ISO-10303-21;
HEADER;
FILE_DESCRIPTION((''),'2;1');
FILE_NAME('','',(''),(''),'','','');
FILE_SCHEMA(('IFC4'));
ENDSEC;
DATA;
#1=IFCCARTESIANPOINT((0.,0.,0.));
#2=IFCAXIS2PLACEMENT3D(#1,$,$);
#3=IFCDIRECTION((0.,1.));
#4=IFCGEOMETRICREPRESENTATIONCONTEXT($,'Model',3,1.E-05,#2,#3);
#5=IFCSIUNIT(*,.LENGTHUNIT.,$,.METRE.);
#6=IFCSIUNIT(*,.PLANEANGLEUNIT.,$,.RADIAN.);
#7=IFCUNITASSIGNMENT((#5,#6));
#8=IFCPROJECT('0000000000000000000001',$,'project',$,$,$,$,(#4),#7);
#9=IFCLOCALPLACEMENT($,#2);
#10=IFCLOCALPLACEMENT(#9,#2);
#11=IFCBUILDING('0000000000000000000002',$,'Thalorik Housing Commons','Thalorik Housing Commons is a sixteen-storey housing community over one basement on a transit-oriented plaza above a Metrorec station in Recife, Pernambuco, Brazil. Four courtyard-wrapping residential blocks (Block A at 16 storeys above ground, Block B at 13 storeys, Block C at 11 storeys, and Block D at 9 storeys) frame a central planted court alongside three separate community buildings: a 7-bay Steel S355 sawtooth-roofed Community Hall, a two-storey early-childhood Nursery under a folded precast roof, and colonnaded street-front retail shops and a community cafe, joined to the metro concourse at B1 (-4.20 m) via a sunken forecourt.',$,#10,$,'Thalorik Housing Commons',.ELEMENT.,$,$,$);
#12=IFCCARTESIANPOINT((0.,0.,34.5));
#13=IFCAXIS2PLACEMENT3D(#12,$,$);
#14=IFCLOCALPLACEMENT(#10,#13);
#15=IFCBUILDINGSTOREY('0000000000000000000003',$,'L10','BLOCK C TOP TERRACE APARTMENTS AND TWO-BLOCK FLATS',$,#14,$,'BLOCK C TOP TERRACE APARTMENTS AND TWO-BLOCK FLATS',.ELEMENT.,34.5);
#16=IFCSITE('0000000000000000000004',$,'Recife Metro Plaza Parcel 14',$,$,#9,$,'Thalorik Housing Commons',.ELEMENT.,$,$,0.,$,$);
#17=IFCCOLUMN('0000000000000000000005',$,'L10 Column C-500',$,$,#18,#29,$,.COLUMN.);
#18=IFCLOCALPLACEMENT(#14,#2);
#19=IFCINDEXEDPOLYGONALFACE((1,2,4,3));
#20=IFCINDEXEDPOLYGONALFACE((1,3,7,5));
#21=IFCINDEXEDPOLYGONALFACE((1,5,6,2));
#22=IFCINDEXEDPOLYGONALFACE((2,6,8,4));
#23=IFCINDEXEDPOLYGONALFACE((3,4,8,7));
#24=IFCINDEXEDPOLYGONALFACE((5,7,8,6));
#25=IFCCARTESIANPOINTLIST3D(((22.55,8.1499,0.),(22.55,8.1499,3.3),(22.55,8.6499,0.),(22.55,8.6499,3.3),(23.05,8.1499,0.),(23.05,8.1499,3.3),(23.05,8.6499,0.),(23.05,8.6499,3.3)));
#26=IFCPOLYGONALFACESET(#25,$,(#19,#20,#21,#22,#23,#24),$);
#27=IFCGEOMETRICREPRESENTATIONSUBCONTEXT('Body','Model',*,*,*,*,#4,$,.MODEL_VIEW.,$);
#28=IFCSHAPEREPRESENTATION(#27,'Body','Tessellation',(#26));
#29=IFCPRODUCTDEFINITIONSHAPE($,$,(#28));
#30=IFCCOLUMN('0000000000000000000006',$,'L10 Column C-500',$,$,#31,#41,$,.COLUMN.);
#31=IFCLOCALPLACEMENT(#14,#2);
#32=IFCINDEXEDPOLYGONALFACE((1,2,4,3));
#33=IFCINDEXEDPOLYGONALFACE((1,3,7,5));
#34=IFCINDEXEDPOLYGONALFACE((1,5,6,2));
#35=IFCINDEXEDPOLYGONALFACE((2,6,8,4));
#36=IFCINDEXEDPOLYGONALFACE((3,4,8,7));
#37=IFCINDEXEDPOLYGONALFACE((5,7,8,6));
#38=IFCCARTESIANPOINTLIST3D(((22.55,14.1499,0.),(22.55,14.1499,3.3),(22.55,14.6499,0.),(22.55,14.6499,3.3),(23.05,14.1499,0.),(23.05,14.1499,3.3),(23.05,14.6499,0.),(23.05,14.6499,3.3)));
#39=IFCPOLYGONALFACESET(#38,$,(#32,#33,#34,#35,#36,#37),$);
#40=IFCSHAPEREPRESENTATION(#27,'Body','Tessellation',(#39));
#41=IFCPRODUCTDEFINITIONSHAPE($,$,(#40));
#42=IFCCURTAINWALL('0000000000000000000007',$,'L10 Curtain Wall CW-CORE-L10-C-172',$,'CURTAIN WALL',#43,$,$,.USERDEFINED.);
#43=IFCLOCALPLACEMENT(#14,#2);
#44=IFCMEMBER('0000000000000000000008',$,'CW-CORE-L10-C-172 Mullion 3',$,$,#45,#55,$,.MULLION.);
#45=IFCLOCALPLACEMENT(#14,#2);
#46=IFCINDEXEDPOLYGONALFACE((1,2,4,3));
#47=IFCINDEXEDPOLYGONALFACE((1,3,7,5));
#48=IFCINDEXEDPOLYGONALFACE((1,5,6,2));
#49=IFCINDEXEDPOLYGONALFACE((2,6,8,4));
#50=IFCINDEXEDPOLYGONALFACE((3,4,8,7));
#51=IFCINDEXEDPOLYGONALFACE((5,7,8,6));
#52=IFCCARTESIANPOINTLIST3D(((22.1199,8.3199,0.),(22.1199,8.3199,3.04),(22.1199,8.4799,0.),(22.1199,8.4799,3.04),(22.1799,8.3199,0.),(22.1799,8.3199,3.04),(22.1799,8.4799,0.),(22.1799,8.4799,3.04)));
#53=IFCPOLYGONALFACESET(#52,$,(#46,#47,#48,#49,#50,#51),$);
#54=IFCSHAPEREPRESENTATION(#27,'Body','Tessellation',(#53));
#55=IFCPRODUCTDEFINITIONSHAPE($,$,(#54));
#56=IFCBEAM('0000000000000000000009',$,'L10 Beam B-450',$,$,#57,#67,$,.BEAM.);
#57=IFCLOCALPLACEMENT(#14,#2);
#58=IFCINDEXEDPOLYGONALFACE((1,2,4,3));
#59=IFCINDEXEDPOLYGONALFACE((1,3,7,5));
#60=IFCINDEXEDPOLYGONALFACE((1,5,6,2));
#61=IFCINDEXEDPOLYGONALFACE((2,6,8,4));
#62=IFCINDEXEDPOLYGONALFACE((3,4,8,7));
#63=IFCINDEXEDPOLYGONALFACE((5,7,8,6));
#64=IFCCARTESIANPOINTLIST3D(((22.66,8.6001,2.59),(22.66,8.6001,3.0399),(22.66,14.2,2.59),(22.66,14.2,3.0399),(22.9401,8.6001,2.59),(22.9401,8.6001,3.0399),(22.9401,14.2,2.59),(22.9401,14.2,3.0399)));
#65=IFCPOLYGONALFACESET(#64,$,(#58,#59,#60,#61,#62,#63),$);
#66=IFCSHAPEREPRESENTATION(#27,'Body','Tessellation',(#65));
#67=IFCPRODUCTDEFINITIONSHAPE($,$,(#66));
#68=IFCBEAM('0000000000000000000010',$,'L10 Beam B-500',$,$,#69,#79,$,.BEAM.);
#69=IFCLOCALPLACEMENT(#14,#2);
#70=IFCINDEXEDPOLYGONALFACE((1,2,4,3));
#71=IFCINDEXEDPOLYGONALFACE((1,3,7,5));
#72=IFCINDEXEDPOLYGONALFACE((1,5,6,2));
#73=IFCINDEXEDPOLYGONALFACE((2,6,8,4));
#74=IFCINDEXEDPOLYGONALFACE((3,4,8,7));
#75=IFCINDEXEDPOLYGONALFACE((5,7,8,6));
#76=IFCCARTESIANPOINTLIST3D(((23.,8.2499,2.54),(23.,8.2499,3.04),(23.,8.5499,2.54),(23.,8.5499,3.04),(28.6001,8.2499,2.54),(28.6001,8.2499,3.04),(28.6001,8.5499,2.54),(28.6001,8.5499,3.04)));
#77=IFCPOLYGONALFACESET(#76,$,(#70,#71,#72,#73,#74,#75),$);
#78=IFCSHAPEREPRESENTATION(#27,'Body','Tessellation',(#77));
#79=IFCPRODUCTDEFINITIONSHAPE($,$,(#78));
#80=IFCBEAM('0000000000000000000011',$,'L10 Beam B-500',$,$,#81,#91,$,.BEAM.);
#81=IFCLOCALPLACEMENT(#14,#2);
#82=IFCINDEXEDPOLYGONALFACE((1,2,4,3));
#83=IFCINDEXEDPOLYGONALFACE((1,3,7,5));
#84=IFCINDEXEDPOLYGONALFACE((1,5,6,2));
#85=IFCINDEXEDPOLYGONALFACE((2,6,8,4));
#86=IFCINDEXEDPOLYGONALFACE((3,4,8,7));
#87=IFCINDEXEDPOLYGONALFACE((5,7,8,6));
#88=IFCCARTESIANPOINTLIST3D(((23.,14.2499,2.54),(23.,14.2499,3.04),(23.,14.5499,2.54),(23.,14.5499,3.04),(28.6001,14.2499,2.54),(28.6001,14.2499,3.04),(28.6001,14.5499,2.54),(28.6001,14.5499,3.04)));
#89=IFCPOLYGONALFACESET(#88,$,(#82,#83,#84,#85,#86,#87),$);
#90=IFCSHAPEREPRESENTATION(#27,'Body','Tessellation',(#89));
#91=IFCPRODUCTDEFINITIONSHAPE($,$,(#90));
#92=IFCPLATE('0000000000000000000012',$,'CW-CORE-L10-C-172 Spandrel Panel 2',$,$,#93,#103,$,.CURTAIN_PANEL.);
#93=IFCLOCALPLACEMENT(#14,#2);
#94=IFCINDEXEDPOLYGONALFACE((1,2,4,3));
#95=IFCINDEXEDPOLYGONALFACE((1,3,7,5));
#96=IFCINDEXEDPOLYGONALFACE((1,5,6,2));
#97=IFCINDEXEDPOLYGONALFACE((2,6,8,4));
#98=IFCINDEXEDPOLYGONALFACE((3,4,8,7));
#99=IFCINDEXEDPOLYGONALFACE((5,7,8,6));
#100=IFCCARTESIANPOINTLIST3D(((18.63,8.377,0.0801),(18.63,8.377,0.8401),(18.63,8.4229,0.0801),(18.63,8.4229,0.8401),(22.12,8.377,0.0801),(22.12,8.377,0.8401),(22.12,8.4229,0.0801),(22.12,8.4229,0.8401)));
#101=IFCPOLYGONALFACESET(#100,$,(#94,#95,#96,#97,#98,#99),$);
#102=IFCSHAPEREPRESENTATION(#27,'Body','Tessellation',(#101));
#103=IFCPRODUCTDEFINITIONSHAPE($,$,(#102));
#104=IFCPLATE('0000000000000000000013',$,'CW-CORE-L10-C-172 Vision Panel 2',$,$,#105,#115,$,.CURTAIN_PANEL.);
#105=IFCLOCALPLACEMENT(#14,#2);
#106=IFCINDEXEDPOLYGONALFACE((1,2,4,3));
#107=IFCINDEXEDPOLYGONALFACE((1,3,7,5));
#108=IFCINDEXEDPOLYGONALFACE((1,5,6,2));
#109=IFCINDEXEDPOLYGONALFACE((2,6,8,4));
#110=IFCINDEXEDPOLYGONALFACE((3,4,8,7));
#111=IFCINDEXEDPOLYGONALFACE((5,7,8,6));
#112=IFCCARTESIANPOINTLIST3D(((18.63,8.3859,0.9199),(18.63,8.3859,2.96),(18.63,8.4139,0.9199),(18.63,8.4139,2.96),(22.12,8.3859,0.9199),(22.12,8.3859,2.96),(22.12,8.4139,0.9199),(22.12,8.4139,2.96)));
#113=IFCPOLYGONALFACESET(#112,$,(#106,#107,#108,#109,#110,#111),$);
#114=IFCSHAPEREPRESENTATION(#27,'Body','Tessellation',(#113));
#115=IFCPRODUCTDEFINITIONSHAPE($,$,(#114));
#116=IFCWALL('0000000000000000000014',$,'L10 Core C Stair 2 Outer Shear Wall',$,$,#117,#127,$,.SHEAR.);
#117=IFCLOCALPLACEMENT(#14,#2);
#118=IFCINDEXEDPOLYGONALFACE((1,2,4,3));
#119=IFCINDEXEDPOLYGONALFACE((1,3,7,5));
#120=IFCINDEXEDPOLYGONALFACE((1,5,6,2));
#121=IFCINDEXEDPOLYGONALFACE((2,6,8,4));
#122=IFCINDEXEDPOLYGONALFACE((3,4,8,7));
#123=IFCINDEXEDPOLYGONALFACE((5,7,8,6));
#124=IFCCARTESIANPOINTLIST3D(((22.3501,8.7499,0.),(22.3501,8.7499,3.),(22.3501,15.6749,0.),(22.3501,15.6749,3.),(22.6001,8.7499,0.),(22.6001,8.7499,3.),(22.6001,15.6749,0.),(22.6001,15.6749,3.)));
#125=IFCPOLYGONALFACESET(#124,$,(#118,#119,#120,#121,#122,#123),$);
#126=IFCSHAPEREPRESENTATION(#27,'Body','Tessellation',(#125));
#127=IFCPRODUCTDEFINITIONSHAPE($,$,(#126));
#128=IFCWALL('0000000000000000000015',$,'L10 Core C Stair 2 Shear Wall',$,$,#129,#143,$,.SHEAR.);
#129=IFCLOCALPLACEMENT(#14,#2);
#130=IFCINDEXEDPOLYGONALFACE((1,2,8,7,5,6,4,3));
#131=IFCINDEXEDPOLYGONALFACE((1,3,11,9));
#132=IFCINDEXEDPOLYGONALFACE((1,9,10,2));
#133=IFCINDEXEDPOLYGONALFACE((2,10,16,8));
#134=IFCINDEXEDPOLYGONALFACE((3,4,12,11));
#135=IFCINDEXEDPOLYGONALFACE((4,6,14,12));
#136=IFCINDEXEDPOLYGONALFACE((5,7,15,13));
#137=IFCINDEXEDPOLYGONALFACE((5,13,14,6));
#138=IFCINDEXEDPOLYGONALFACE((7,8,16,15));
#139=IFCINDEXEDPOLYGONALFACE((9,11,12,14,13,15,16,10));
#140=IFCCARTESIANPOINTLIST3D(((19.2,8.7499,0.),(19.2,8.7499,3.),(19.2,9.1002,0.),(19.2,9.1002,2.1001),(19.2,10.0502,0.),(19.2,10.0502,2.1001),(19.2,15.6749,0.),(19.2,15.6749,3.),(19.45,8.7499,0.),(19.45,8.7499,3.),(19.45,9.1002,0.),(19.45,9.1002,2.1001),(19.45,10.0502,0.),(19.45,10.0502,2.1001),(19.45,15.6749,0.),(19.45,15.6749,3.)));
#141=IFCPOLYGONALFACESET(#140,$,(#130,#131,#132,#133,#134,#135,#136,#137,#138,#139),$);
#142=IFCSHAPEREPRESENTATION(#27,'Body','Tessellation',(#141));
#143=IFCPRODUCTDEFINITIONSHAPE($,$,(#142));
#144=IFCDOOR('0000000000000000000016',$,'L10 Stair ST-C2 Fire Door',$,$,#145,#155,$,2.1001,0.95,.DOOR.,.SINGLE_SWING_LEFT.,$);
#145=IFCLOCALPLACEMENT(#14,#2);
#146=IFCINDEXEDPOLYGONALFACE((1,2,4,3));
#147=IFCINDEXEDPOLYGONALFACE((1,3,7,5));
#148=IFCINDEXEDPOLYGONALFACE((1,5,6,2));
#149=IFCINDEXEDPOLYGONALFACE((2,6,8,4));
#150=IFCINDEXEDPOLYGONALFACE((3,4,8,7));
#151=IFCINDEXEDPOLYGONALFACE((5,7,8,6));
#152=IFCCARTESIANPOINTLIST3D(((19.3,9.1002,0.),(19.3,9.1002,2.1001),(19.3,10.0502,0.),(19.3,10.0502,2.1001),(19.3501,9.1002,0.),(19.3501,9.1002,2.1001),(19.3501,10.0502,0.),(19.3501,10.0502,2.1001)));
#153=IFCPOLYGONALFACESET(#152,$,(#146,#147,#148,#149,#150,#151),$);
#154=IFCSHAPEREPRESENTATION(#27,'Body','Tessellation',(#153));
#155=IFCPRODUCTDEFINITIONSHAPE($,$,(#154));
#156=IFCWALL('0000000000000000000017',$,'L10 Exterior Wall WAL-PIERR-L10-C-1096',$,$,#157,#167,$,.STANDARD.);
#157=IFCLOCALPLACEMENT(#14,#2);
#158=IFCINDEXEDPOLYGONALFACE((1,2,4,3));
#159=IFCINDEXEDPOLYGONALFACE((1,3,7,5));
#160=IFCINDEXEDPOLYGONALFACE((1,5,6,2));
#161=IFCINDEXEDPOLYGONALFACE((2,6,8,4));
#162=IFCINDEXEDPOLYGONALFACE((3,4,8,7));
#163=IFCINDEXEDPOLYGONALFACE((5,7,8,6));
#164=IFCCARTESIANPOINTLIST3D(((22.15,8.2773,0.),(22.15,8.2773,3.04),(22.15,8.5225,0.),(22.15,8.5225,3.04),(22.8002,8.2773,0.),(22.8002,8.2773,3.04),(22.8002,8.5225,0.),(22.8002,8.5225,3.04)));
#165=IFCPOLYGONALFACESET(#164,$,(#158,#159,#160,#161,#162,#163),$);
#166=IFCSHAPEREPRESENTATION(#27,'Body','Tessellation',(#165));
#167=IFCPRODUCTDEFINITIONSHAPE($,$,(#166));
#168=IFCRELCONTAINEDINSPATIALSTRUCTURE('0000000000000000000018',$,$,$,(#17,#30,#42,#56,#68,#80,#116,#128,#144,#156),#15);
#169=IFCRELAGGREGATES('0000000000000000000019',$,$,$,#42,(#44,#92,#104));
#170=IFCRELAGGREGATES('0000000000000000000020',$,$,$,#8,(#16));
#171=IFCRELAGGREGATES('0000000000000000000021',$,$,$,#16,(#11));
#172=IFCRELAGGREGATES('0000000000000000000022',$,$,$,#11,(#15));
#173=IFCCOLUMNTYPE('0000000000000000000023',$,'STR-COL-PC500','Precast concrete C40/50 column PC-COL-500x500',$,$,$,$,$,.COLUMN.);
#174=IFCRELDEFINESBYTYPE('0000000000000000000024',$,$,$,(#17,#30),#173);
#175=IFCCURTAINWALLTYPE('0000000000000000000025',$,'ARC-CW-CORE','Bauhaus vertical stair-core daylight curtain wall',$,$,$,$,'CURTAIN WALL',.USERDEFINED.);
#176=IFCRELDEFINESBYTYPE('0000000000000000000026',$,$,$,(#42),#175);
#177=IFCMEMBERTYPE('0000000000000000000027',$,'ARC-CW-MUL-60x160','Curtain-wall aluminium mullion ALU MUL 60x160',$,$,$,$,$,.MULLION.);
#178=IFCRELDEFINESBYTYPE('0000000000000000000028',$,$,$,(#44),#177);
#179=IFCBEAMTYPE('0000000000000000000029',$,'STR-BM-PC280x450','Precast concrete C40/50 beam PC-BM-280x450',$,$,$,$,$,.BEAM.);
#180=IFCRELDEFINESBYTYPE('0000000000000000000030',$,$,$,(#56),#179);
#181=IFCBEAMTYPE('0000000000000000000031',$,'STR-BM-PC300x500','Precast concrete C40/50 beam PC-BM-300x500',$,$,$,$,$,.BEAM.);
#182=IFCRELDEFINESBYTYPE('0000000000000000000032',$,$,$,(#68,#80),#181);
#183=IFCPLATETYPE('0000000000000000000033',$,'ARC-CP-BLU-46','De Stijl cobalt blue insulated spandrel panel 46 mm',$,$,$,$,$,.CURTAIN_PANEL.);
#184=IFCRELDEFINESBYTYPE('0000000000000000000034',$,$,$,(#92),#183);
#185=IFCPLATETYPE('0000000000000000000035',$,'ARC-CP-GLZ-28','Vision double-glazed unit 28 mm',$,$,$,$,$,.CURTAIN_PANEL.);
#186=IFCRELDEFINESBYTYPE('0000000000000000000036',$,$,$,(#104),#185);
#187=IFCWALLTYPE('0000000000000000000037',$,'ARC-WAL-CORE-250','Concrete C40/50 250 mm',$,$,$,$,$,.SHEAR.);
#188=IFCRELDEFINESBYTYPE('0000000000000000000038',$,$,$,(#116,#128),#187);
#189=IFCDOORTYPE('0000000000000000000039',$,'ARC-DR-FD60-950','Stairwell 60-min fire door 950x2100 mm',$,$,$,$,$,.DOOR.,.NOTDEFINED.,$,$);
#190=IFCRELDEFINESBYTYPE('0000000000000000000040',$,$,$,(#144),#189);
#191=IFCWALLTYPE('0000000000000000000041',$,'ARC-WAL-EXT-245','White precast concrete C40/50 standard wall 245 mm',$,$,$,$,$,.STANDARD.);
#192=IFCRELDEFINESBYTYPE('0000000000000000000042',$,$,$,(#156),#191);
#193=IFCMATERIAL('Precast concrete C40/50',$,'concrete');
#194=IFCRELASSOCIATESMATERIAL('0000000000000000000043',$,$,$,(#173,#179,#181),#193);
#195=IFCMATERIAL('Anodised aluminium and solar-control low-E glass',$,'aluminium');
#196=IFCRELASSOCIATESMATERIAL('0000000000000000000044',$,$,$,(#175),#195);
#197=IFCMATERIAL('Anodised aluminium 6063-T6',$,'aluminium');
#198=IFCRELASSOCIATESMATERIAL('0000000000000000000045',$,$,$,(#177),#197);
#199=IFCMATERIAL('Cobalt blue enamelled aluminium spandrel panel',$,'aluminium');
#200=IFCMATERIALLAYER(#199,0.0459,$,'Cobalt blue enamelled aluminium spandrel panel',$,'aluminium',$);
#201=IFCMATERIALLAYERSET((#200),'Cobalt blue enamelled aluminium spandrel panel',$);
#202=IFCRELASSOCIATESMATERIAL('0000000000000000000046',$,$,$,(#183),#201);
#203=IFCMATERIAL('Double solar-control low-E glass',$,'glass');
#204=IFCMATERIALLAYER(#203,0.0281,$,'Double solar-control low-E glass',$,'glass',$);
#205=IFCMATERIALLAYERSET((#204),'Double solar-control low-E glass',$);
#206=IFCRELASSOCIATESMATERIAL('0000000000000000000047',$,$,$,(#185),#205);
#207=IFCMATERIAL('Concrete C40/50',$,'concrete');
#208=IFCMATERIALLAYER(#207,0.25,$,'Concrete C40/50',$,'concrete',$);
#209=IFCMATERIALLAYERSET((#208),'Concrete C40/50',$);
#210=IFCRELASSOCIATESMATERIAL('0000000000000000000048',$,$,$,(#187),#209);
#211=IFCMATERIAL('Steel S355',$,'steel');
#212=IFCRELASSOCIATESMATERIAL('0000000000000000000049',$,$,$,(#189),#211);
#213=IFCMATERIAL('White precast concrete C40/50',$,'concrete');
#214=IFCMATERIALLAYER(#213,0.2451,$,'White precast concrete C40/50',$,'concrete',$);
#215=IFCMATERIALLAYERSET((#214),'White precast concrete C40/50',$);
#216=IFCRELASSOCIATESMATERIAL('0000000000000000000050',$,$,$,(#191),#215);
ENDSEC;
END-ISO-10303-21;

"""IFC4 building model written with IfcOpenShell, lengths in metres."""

from ifc_helpers import new_model, si_unit, direction, frame, frame_2d, origin, origin_2d, place, context, subcontext, project, spatial, rectangle, extrude, material, layer, layer_set, material_profile, profile_set, type_object, element, fill, aggregate, save


model = new_model("IFC4")

# Units and contexts
model_context = context("Model", 3, precision=1e-05, world=origin(), true_north=direction((0.0, 1.0)))
body_context = subcontext(model_context, "Body", "Model", "MODEL_VIEW")
ifc_project = project(units=[si_unit("LENGTHUNIT", "METRE"), si_unit("PLANEANGLEUNIT", "RADIAN")], contexts=[model_context])

# Site, building, storey
site_placement = place(None, origin())
site = spatial("IfcSite", under=ifc_project, at=site_placement, Name="Recife Metro Plaza Parcel 14", LongName="Thalorik Housing Commons", CompositionType="ELEMENT", RefElevation=0.0)
building_placement = place(site_placement, origin())
building = spatial("IfcBuilding", under=site, at=building_placement, Name="Thalorik Housing Commons", Description="Thalorik Housing Commons is a sixteen-storey housing community over one basement on a transit-oriented plaza above a Metrorec station in Recife, Pernambuco, Brazil. Four courtyard-wrapping residential blocks (Block A at 16 storeys above ground, Block B at 13 storeys, Block C at 11 storeys, and Block D at 9 storeys) frame a central planted court alongside three separate community buildings: a 7-bay Steel S355 sawtooth-roofed Community Hall, a two-storey early-childhood Nursery under a folded precast roof, and colonnaded street-front retail shops and a community cafe, joined to the metro concourse at B1 (-4.20 m) via a sunken forecourt.", LongName="Thalorik Housing Commons", CompositionType="ELEMENT")
storey_placement = place(building_placement, frame((0.0, 0.0, 34.5)))
storey = spatial("IfcBuildingStorey", under=building, at=storey_placement, Name="L10", Description="BLOCK C TOP TERRACE APARTMENTS AND TWO-BLOCK FLATS", LongName="BLOCK C TOP TERRACE APARTMENTS AND TWO-BLOCK FLATS", CompositionType="ELEMENT", Elevation=34.5)

# Columns
ifc_material_1 = material(Name="Precast concrete C40/50", Category="concrete")
ifc_material_profile_1 = material_profile(ifc_material_1, rectangle(XDim=0.5, YDim=0.5, at=origin_2d()), Name="PC 500x500", Category="concrete")
ifc_profile_set_1 = profile_set([ifc_material_profile_1], Name="Precast concrete C40/50")
column_type = type_object("IfcColumnType", Name="STR-COL-PC500", Description="Precast concrete C40/50 column PC-COL-500x500", PredefinedType="COLUMN", material=ifc_profile_set_1)
for number, where, z_axis, x_axis, name in (
    (1, (22.8, 8.3999, 0.0), (0.0, 0.0, 1.0), (1.0, 0.0, 0.0), "L10 Column C-500"),
    (2, (22.8, 14.3999, 0.0), (0.0, 0.0, 1.0), (1.0, 0.0, 0.0), "L10 Column C-500"),
):
    element("IfcColumn", number, at=place(storey_placement, frame(where, z_axis=z_axis, x_axis=x_axis)), inside=storey, type_object=column_type, Name=name, PredefinedType="COLUMN", context=body_context, shape_type="SweptSolid", body=[
        extrude(rectangle(XDim=0.5, YDim=0.5, at=origin_2d()), origin(), (0.0, 0.0, 1.0), 3.3),
    ])

# Curtain wall, member
ifc_material_2 = material(Name="Anodised aluminium and solar-control low-E glass", Category="aluminium")
curtain_wall_type = type_object("IfcCurtainWallType", Name="ARC-CW-CORE", Description="Bauhaus vertical stair-core daylight curtain wall", ElementType="CURTAIN WALL", PredefinedType="USERDEFINED", material=ifc_material_2)
curtain_wall_placement = place(storey_placement, origin())
curtain_wall = element("IfcCurtainWall", 3, at=curtain_wall_placement, inside=storey, type_object=curtain_wall_type, Name="L10 Curtain Wall CW-CORE-L10-C-172", ObjectType="CURTAIN WALL", PredefinedType="USERDEFINED")
ifc_material_3 = material(Name="Anodised aluminium 6063-T6", Category="aluminium")
ifc_material_profile_2 = material_profile(ifc_material_3, rectangle(XDim=0.0601, YDim=0.1599, at=origin_2d()), Name="ALU MUL 60x160", Category="aluminium")
ifc_profile_set_2 = profile_set([ifc_material_profile_2], Name="Anodised aluminium 6063-T6")
member_type = type_object("IfcMemberType", Name="ARC-CW-MUL-60x160", Description="Curtain-wall aluminium mullion ALU MUL 60x160", PredefinedType="MULLION", material=ifc_profile_set_2)
member_placement = place(storey_placement, frame((22.1499, 8.3999, 0.0), z_axis=(0.0, 0.0, 1.0), x_axis=(1.0, 0.0, 0.0)))
member = element("IfcMember", 4, at=member_placement, type_object=member_type, Name="CW-CORE-L10-C-172 Mullion 3", PredefinedType="MULLION", context=body_context, shape_type="SweptSolid", body=[
    extrude(rectangle(XDim=0.0601, YDim=0.1599, at=origin_2d()), origin(), (0.0, 0.0, 1.0), 3.04),
])

# Beams
ifc_material_profile_3 = material_profile(ifc_material_1, rectangle(XDim=0.28, YDim=0.45, at=origin_2d()), Name="PC 280x450", Category="concrete")
ifc_profile_set_3 = profile_set([ifc_material_profile_3], Name="Precast concrete C40/50")
beam_type_1 = type_object("IfcBeamType", Name="STR-BM-PC280x450", Description="Precast concrete C40/50 beam PC-BM-280x450", PredefinedType="BEAM", material=ifc_profile_set_3)
beam_placement = place(storey_placement, frame((22.8, 8.6001, 2.8149), z_axis=(0.0, 1.0, 0.0), x_axis=(-1.0, 0.0, 0.0)))
element("IfcBeam", 5, at=beam_placement, inside=storey, type_object=beam_type_1, Name="L10 Beam B-450", PredefinedType="BEAM", context=body_context, shape_type="SweptSolid", body=[
    extrude(rectangle(XDim=0.28, YDim=0.45, at=origin_2d()), origin(), (0.0, 0.0, 1.0), 5.5999),
])
ifc_material_profile_4 = material_profile(ifc_material_1, rectangle(XDim=0.3, YDim=0.5, at=origin_2d()), Name="PC 300x500", Category="concrete")
ifc_profile_set_4 = profile_set([ifc_material_profile_4], Name="Precast concrete C40/50")
beam_type_2 = type_object("IfcBeamType", Name="STR-BM-PC300x500", Description="Precast concrete C40/50 beam PC-BM-300x500", PredefinedType="BEAM", material=ifc_profile_set_4)
for number, where, z_axis, x_axis, name in (
    (6, (23.0, 8.3999, 2.79), (1.0, 0.0, 0.0), (0.0, 1.0, 0.0), "L10 Beam B-500"),
    (7, (23.0, 14.3999, 2.79), (1.0, 0.0, 0.0), (0.0, 1.0, 0.0), "L10 Beam B-500"),
):
    element("IfcBeam", number, at=place(storey_placement, frame(where, z_axis=z_axis, x_axis=x_axis)), inside=storey, type_object=beam_type_2, Name=name, PredefinedType="BEAM", context=body_context, shape_type="SweptSolid", body=[
        extrude(rectangle(XDim=0.3, YDim=0.5, at=origin_2d()), origin(), (0.0, 0.0, 1.0), 5.6001),
    ])

# Plates
ifc_material_4 = material(Name="Cobalt blue enamelled aluminium spandrel panel", Category="aluminium")
ifc_layer_1 = layer(ifc_material_4, 0.0459, Name="Cobalt blue enamelled aluminium spandrel panel", Category="aluminium")
ifc_layer_set_1 = layer_set([ifc_layer_1], Name="Cobalt blue enamelled aluminium spandrel panel")
plate_type_1 = type_object("IfcPlateType", Name="ARC-CP-BLU-46", Description="De Stijl cobalt blue insulated spandrel panel 46 mm", PredefinedType="CURTAIN_PANEL", material=ifc_layer_set_1)
plate_1_placement = place(storey_placement, frame((20.375, 8.3999, 0.0801), z_axis=(0.0, 0.0, 1.0), x_axis=(1.0, 0.0, 0.0)))
plate_1 = element("IfcPlate", 8, at=plate_1_placement, type_object=plate_type_1, Name="CW-CORE-L10-C-172 Spandrel Panel 2", PredefinedType="CURTAIN_PANEL", context=body_context, shape_type="SweptSolid", body=[
    extrude(rectangle(XDim=3.49, YDim=0.0459, at=origin_2d()), origin(), (0.0, 0.0, 1.0), 0.76),
])
ifc_material_5 = material(Name="Double solar-control low-E glass", Category="glass")
ifc_layer_2 = layer(ifc_material_5, 0.0281, Name="Double solar-control low-E glass", Category="glass")
ifc_layer_set_2 = layer_set([ifc_layer_2], Name="Double solar-control low-E glass")
plate_type_2 = type_object("IfcPlateType", Name="ARC-CP-GLZ-28", Description="Vision double-glazed unit 28 mm", PredefinedType="CURTAIN_PANEL", material=ifc_layer_set_2)
plate_2_placement = place(storey_placement, frame((20.375, 8.3999, 0.9199), z_axis=(0.0, 0.0, 1.0), x_axis=(1.0, 0.0, 0.0)))
plate_2 = element("IfcPlate", 9, at=plate_2_placement, type_object=plate_type_2, Name="CW-CORE-L10-C-172 Vision Panel 2", PredefinedType="CURTAIN_PANEL", context=body_context, shape_type="SweptSolid", body=[
    extrude(rectangle(XDim=3.49, YDim=0.0281, at=origin_2d()), origin(), (0.0, 0.0, 1.0), 2.04),
])
aggregate(curtain_wall, [member, plate_1, plate_2])

# Wall
ifc_material_6 = material(Name="Concrete C40/50", Category="concrete")
ifc_layer_3 = layer(ifc_material_6, 0.25, Name="Concrete C40/50", Category="concrete")
ifc_layer_set_3 = layer_set([ifc_layer_3], Name="Concrete C40/50")
wall_type_1 = type_object("IfcWallType", Name="ARC-WAL-CORE-250", Description="Concrete C40/50 250 mm", PredefinedType="SHEAR", material=ifc_layer_set_3)
wall_1_placement = place(storey_placement, frame((22.4751, 8.75, 0.0), z_axis=(0.0, 0.0, 1.0), x_axis=(0.0, 1.0, 0.0)))
element("IfcWall", 10, at=wall_1_placement, inside=storey, type_object=wall_type_1, Name="L10 Core C Stair 2 Outer Shear Wall", PredefinedType="SHEAR", context=body_context, shape_type="SweptSolid", body=[
    extrude(rectangle(XDim=6.925, YDim=0.25, at=frame_2d((3.4624, 0.0))), origin(), (0.0, 0.0, 1.0), 3.0),
])

# Wall, opening, door
wall_2_placement = place(storey_placement, frame((19.325, 8.75, 0.0), z_axis=(0.0, 0.0, 1.0), x_axis=(0.0, 1.0, 0.0)))
wall_2 = element("IfcWall", 11, at=wall_2_placement, inside=storey, type_object=wall_type_1, Name="L10 Core C Stair 2 Shear Wall", PredefinedType="SHEAR", context=body_context, shape_type="SweptSolid", body=[
    extrude(rectangle(XDim=6.925, YDim=0.25, at=frame_2d((3.4624, 0.0))), origin(), (0.0, 0.0, 1.0), 3.0),
])
opening_1_placement = place(wall_2_placement, frame((0.3501, 0.0, 0.0)))
opening_1 = element("IfcOpeningElement", 12, at=opening_1_placement, cuts=wall_2, PredefinedType="OPENING", context=body_context, shape_type="SweptSolid", body=[
    extrude(rectangle(XDim=0.95, YDim=2.1001, at=frame_2d((0.4751, 1.05))), frame((0.0, 0.135, 0.0), z_axis=(0.0, -1.0, 0.0), x_axis=(1.0, 0.0, 0.0)), (0.0, 0.0, 1.0), 0.27),
])
ifc_material_7 = material(Name="Steel S355", Category="steel")
door_type_1 = type_object("IfcDoorType", Name="ARC-DR-FD60-950", Description="Stairwell 60-min fire door 950x2100 mm", OperationType="NOTDEFINED", PredefinedType="DOOR", material=ifc_material_7)
door_1_placement = place(opening_1_placement, origin())
door_1 = element("IfcDoor", 13, at=door_1_placement, inside=storey, type_object=door_type_1, Name="L10 Stair ST-C2 Fire Door", OperationType="SINGLE_SWING_LEFT", OverallHeight=2.1001, OverallWidth=0.95, PredefinedType="DOOR", context=body_context, shape_type="SweptSolid", body=[
    extrude(rectangle(XDim=0.95, YDim=2.1001, at=frame_2d((0.4751, 1.05))), frame((0.0, 0.0249, 0.0), z_axis=(0.0, -1.0, 0.0), x_axis=(1.0, 0.0, 0.0)), (0.0, 0.0, 1.0), 0.05),
])
fill(opening_1, door_1)

# Wall
ifc_material_8 = material(Name="White precast concrete C40/50", Category="concrete")
ifc_layer_4 = layer(ifc_material_8, 0.2451, Name="White precast concrete C40/50", Category="concrete")
ifc_layer_set_4 = layer_set([ifc_layer_4], Name="White precast concrete C40/50")
wall_type_2 = type_object("IfcWallType", Name="ARC-WAL-EXT-245", Description="White precast concrete C40/50 standard wall 245 mm", PredefinedType="STANDARD", material=ifc_layer_set_4)
wall_3_placement = place(storey_placement, frame((22.1499, 8.3999, 0.0), z_axis=(0.0, 0.0, 1.0), x_axis=(1.0, 0.0, 0.0)))
element("IfcWall", 14, at=wall_3_placement, inside=storey, type_object=wall_type_2, Name="L10 Exterior Wall WAL-PIERR-L10-C-1096", PredefinedType="STANDARD", context=body_context, shape_type="SweptSolid", body=[
    extrude(rectangle(XDim=0.6501, YDim=0.2451, at=frame_2d((0.3252, 0.0))), origin(), (0.0, 0.0, 1.0), 3.04),
])

save(model, "model.ifc")
